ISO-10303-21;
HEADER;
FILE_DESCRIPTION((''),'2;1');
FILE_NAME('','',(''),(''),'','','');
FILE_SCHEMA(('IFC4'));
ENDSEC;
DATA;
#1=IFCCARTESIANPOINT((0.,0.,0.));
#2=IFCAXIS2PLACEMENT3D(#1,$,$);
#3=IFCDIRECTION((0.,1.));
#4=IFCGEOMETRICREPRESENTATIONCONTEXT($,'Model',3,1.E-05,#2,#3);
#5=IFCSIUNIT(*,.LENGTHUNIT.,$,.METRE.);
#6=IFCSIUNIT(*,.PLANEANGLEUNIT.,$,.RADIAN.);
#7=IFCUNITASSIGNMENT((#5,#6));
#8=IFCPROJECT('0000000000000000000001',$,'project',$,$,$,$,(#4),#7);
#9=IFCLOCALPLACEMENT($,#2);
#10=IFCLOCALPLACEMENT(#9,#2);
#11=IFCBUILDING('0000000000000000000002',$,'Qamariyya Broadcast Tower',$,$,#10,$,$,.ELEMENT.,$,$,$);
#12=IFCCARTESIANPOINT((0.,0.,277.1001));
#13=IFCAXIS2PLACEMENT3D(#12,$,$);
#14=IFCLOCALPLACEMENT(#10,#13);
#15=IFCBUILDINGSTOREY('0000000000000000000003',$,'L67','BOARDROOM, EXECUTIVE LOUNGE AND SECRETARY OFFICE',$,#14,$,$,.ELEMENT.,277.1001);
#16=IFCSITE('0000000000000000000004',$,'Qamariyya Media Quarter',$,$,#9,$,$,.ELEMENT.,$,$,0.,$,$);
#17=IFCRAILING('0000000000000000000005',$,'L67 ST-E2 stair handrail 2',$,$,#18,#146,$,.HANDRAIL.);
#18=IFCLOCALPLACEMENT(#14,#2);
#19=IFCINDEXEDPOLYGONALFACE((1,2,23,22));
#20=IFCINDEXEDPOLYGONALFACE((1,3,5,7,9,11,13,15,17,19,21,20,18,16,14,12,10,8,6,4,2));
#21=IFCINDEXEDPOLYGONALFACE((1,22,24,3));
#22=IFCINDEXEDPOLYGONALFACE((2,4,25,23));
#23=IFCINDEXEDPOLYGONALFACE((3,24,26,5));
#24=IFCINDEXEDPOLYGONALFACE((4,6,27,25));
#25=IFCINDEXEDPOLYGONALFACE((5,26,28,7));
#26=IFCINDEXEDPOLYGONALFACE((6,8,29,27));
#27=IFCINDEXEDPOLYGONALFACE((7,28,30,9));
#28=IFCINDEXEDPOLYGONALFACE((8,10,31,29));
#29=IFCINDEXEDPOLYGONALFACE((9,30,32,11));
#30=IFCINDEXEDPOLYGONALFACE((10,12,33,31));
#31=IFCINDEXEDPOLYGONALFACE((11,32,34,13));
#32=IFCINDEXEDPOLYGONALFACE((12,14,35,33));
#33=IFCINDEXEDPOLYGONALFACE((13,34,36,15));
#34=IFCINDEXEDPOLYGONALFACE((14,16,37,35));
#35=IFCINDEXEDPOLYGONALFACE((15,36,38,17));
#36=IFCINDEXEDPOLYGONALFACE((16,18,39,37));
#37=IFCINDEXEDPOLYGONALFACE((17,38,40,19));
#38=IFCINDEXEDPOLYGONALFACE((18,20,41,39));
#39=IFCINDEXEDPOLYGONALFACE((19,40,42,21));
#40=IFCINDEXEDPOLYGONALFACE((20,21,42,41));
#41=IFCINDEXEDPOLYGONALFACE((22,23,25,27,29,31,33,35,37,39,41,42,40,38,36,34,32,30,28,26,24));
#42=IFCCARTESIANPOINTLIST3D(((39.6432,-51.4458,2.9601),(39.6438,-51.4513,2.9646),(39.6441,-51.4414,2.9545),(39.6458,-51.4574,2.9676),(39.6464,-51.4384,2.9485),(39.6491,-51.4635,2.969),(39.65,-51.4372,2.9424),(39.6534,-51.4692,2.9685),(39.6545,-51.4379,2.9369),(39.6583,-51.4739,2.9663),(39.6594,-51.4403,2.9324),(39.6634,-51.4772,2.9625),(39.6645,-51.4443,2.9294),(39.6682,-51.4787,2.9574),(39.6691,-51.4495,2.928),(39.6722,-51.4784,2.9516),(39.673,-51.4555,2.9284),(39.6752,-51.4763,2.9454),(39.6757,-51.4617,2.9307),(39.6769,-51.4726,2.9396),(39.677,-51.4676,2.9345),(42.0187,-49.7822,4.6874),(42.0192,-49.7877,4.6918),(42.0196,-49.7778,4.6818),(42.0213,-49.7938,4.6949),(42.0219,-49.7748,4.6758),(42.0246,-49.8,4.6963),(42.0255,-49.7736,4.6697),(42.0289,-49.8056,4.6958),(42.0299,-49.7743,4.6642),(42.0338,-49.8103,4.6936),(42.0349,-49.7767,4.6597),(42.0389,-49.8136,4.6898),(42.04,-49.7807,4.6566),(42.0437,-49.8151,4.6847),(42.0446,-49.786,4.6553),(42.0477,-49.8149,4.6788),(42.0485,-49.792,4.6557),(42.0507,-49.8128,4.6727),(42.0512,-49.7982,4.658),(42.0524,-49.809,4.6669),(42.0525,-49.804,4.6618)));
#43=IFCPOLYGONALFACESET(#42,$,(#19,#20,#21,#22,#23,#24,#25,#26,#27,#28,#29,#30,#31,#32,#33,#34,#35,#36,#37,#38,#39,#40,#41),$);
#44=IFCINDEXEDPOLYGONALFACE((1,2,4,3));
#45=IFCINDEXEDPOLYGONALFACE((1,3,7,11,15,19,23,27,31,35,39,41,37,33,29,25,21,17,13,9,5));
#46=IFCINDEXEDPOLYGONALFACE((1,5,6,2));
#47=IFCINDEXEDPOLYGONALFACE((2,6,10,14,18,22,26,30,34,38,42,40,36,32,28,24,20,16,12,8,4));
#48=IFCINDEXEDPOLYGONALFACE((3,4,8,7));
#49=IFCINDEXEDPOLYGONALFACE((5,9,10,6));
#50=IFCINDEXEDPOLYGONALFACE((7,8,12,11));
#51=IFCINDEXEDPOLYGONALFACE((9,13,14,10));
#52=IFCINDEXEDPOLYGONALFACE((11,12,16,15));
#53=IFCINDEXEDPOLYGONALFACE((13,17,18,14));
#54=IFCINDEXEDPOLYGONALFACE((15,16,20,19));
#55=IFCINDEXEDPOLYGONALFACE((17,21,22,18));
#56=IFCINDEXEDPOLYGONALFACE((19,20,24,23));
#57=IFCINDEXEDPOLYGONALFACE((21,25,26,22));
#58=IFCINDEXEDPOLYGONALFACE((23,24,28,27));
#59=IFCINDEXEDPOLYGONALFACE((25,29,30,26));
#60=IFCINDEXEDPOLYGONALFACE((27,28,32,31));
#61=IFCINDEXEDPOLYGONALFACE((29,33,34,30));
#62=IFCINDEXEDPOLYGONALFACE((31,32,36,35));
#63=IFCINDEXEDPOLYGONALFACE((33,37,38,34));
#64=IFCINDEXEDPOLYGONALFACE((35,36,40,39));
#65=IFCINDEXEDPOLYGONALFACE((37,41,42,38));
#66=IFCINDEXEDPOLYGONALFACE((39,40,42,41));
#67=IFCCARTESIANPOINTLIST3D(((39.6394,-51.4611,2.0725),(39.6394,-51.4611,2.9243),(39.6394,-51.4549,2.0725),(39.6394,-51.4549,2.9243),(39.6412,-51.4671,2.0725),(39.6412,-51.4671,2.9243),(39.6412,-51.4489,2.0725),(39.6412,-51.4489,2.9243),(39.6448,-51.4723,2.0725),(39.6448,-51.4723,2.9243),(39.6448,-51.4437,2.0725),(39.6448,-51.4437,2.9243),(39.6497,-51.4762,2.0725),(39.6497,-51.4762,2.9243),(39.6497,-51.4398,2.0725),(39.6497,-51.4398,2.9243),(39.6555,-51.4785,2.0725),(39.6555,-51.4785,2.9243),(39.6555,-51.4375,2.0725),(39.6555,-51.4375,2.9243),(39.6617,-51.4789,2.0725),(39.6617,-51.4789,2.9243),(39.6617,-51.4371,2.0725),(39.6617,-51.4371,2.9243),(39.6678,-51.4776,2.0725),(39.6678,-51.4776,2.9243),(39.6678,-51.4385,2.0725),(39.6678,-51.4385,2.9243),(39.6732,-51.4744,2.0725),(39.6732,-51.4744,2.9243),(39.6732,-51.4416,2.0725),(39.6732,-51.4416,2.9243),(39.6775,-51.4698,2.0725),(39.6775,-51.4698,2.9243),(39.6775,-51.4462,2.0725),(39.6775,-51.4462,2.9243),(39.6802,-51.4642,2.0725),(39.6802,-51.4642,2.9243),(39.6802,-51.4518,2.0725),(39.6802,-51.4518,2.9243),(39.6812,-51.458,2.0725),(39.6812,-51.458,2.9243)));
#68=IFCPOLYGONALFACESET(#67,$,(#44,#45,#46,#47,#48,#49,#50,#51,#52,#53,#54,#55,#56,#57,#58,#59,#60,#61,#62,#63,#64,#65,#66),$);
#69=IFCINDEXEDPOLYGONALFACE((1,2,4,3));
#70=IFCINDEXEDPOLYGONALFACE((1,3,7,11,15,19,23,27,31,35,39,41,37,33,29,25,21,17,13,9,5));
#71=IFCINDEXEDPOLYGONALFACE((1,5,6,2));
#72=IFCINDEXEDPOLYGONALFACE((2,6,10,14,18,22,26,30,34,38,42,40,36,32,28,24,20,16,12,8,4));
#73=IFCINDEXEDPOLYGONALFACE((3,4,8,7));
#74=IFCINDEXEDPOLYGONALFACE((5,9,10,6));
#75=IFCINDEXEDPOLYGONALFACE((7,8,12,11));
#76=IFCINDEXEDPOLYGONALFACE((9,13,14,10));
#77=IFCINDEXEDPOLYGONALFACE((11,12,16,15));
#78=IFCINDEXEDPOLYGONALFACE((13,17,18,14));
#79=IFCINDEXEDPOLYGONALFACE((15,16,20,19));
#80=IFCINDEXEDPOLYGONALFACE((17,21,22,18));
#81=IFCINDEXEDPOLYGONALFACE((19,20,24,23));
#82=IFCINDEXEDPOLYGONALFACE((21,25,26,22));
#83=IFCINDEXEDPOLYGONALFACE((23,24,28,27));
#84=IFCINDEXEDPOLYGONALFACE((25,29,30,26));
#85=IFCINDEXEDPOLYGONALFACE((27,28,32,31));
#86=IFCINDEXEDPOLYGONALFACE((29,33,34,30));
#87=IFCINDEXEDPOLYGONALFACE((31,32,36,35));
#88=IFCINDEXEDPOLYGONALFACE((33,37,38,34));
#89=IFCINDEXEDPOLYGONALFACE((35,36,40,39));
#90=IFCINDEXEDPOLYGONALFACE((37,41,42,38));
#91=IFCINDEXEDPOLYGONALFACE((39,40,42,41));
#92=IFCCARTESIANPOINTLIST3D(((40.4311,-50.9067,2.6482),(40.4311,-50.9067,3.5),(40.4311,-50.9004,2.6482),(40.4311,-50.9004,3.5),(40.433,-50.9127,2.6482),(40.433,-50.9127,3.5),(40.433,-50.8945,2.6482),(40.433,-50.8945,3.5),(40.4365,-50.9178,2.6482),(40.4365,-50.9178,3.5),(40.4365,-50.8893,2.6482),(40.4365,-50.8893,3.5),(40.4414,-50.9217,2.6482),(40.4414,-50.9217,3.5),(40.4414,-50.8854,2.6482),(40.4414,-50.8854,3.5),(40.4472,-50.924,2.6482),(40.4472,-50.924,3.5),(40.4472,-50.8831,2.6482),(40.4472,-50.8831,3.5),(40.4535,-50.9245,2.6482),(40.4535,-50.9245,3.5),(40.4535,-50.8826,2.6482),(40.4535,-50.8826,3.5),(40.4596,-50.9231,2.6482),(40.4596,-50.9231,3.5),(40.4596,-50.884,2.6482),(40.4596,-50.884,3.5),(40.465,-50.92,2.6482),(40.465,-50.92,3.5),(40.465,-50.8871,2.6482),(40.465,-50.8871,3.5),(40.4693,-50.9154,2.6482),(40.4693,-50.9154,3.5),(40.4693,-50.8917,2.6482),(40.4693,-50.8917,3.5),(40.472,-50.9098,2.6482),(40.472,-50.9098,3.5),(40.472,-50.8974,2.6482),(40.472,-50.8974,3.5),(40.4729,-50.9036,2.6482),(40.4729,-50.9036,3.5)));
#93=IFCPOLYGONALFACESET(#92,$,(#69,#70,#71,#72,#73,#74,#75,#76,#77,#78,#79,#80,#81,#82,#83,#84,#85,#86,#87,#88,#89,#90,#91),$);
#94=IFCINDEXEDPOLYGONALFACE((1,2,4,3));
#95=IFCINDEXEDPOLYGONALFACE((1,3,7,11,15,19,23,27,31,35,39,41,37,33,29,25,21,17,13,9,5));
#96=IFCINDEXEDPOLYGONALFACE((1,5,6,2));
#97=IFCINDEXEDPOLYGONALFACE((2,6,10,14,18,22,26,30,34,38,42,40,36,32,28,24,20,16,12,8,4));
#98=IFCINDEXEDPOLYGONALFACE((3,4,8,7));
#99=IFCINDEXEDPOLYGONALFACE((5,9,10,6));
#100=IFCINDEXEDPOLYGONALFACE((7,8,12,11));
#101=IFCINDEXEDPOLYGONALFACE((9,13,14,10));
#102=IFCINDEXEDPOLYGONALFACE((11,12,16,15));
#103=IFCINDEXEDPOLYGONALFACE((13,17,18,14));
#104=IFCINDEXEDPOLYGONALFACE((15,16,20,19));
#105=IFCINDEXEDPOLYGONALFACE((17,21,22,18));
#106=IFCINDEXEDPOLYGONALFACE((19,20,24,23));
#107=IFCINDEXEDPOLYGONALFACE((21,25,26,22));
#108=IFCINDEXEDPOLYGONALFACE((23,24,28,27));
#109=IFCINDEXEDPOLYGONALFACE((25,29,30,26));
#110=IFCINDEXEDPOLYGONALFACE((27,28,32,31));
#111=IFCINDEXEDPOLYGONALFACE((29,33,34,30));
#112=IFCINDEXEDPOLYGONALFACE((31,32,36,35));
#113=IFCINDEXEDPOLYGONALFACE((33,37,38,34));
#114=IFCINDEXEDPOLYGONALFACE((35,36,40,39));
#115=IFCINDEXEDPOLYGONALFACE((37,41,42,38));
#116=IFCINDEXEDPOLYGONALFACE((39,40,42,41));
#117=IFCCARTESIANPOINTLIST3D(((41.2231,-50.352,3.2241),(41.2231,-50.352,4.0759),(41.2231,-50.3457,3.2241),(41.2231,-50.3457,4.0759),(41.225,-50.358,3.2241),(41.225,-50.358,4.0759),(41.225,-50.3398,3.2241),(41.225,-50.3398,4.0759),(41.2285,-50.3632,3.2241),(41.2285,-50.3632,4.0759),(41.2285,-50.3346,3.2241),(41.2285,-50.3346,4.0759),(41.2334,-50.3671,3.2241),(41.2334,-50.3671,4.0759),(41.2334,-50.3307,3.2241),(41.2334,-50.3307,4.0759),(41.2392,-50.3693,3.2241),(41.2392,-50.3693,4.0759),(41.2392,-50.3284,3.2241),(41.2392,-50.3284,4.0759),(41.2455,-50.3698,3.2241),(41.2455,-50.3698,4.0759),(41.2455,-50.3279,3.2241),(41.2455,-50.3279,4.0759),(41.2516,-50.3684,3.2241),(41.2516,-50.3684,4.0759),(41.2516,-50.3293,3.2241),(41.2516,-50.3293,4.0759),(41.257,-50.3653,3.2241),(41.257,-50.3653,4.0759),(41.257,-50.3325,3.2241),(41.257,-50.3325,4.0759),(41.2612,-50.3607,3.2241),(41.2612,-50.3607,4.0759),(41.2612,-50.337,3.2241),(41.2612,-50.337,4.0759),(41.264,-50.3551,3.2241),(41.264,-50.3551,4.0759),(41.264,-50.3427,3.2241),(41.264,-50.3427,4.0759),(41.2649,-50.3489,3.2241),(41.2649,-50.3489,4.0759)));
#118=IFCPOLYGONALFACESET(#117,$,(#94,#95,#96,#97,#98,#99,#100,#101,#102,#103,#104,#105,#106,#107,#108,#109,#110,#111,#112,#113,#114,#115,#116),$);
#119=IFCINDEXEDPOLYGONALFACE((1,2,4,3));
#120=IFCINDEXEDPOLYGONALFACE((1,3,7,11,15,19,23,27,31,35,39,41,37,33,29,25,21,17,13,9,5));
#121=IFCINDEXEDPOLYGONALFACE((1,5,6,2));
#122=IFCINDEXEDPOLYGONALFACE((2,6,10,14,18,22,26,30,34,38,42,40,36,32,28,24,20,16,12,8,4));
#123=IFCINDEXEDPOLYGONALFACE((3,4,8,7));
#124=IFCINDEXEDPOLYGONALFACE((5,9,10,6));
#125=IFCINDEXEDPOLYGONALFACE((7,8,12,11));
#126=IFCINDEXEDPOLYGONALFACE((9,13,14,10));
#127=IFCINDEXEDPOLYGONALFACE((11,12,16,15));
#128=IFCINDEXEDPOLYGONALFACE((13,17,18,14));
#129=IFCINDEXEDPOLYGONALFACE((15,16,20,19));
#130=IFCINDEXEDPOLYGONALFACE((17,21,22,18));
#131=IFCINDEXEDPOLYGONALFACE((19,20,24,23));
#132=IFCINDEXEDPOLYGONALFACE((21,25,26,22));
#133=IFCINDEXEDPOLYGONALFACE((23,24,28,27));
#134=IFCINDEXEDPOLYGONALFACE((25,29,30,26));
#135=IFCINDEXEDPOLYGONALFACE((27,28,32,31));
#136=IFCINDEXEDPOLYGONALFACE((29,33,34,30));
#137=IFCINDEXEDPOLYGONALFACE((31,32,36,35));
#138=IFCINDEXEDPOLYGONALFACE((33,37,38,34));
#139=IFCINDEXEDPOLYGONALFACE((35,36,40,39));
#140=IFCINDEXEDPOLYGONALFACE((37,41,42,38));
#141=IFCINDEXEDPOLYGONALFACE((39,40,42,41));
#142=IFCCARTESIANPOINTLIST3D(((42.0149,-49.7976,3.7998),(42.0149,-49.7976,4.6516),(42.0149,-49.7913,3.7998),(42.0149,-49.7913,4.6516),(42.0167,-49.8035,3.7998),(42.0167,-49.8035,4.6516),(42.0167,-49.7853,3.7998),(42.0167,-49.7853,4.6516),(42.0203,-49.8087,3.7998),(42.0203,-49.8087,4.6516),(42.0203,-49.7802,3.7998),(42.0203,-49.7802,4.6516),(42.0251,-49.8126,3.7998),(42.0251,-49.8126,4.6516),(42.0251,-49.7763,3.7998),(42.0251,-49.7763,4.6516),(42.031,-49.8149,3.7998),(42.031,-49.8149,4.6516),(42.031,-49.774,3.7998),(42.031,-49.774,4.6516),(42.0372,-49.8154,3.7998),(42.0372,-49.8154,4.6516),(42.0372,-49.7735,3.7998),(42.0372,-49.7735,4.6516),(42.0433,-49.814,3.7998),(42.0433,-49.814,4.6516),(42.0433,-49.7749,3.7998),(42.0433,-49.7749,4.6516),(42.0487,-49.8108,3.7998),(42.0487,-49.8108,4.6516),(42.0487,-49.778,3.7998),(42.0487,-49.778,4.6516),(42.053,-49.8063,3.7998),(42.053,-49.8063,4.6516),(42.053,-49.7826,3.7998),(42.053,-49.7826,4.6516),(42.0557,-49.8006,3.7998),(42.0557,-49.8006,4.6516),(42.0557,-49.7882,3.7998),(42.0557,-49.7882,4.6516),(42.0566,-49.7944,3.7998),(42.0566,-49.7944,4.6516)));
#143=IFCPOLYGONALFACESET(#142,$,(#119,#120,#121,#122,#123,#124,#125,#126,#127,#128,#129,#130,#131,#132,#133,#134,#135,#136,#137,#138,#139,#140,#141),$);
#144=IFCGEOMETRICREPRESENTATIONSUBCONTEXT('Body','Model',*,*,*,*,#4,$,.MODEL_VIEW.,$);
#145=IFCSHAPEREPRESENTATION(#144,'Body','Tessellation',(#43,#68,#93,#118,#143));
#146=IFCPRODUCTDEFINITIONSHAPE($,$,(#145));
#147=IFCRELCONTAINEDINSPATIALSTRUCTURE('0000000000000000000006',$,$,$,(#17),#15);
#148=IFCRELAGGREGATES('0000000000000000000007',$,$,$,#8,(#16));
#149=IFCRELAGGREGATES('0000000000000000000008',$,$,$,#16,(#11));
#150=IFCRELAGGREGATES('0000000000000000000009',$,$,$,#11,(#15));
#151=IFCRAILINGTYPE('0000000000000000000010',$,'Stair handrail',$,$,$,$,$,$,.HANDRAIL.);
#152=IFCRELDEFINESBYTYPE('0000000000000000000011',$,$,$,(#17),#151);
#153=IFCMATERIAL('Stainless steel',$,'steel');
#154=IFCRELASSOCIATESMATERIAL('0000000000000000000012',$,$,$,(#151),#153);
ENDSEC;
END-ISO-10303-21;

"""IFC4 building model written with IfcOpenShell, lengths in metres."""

from ifc_helpers import new_model, si_unit, direction, frame, origin, origin_2d, place, context, subcontext, project, spatial, circle, extrude, material, type_object, element, save


model = new_model("IFC4")

# Units and contexts
model_context = context("Model", 3, precision=1e-05, world=origin(), true_north=direction((0.0, 1.0)))
body_context = subcontext(model_context, "Body", "Model", "MODEL_VIEW")
ifc_project = project(units=[si_unit("LENGTHUNIT", "METRE"), si_unit("PLANEANGLEUNIT", "RADIAN")], contexts=[model_context])

# Site, building, storey
site_placement = place(None, origin())
site = spatial("IfcSite", under=ifc_project, at=site_placement, Name="Qamariyya Media Quarter", CompositionType="ELEMENT", RefElevation=0.0)
building_placement = place(site_placement, origin())
building = spatial("IfcBuilding", under=site, at=building_placement, Name="Qamariyya Broadcast Tower", CompositionType="ELEMENT")
storey_placement = place(building_placement, frame((0.0, 0.0, 277.1001)))
storey = spatial("IfcBuildingStorey", under=building, at=storey_placement, Name="L67", Description="BOARDROOM, EXECUTIVE LOUNGE AND SECRETARY OFFICE", CompositionType="ELEMENT", Elevation=277.1001)

# Railing
ifc_material_1 = material(Name="Stainless steel", Category="steel")
railing_type_1 = type_object("IfcRailingType", Name="Stair handrail", PredefinedType="HANDRAIL", material=ifc_material_1)
railing_1_placement = place(storey_placement, frame((39.6602, -51.458, 2.0725)))
element("IfcRailing", 1, at=railing_1_placement, inside=storey, type_object=railing_type_1, Name="L67 ST-E2 stair handrail 2", PredefinedType="HANDRAIL", context=body_context, shape_type="SweptSolid", body=[
    extrude(circle(Radius=0.0239, at=origin_2d()), frame((0.0, 0.0, 0.876), z_axis=(0.703745, 0.492838, 0.511716), x_axis=(-0.573632, 0.819113, 0.0)), (0.0, 0.0, 1.0), 3.3755),
    extrude(circle(Radius=0.021, at=origin_2d()), origin(), (0.0, 0.0, 1.0), 0.8518),
    extrude(circle(Radius=0.021, at=origin_2d()), frame((0.7917, 0.5544, 0.5757)), (0.0, 0.0, 1.0), 0.8518),
    extrude(circle(Radius=0.021, at=origin_2d()), frame((1.5837, 1.1091, 1.1516)), (0.0, 0.0, 1.0), 0.8518),
    extrude(circle(Radius=0.021, at=origin_2d()), frame((2.3755, 1.6636, 1.7273)), (0.0, 0.0, 1.0), 0.8518),
])

save(model, "model.ifc")
